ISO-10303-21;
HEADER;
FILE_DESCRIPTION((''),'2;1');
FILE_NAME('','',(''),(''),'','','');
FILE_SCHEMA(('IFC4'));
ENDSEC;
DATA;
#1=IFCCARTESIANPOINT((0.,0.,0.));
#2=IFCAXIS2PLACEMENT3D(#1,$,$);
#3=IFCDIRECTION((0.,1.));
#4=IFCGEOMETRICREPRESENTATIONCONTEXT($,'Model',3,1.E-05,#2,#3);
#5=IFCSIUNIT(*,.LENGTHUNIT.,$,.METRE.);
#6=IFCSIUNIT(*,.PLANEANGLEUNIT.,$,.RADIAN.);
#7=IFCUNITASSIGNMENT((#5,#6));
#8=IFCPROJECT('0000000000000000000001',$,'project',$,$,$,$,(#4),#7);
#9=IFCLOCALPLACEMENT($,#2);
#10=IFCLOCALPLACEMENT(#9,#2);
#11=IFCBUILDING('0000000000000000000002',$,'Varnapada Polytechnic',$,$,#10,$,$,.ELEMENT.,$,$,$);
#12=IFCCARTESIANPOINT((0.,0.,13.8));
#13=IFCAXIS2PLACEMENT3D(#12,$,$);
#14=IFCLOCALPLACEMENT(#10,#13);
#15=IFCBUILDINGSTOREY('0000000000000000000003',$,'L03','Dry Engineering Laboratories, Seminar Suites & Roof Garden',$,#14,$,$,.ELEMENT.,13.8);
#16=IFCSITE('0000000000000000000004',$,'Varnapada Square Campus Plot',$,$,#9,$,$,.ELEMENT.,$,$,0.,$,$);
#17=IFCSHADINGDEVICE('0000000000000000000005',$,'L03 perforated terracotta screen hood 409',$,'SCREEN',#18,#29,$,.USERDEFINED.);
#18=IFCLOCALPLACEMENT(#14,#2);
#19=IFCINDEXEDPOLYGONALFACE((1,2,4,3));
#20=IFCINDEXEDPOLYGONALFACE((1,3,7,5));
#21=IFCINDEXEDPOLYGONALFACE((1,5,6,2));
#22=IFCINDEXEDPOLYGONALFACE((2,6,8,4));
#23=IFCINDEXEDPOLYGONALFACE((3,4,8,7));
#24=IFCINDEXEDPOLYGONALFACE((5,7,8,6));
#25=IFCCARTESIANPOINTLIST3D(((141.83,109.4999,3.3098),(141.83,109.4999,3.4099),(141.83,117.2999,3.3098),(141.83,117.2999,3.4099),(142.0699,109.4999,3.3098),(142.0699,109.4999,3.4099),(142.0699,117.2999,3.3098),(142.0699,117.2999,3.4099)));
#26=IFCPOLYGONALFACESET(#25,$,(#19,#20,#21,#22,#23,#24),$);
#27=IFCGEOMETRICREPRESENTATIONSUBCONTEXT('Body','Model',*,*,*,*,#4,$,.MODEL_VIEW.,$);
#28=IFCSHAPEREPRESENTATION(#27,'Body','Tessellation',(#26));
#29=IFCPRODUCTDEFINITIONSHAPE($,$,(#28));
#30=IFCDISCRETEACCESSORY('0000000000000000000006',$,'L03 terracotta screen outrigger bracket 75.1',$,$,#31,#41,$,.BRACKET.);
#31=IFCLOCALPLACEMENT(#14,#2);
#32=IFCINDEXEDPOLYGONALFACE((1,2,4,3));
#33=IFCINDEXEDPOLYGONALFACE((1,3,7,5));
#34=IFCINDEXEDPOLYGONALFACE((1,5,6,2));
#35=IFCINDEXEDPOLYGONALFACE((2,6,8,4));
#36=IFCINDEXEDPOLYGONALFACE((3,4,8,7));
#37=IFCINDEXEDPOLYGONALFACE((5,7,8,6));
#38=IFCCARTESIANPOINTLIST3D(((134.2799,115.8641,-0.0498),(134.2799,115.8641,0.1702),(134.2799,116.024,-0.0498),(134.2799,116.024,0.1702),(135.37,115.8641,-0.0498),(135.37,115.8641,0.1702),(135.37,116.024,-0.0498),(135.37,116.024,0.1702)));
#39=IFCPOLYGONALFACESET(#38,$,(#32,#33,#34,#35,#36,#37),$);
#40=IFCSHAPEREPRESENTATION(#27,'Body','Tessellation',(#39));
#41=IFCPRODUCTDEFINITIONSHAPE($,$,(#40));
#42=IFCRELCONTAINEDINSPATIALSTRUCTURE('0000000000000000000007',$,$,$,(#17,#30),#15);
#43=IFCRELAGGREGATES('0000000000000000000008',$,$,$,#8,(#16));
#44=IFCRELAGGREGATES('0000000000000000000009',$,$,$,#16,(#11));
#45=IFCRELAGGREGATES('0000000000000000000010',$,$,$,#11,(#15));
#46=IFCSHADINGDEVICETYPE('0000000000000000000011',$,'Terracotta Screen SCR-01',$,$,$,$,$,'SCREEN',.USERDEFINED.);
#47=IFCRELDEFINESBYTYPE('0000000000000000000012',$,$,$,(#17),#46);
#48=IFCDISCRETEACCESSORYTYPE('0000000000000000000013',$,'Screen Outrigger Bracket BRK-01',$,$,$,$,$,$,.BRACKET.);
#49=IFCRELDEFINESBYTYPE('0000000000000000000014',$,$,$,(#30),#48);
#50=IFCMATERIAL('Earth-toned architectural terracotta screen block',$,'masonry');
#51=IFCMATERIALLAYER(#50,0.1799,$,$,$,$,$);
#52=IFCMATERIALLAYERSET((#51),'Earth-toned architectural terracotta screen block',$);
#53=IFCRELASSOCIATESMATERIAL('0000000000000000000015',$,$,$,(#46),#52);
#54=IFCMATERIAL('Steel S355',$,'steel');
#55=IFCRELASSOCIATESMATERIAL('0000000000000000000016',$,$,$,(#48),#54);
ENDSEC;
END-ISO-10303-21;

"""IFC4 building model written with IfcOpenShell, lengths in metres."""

from ifc_helpers import new_model, si_unit, direction, frame, origin, origin_2d, place, context, subcontext, project, spatial, rectangle, extrude, material, layer, layer_set, type_object, element, save


model = new_model("IFC4")

# Units and contexts
model_context = context("Model", 3, precision=1e-05, world=origin(), true_north=direction((0.0, 1.0)))
body_context = subcontext(model_context, "Body", "Model", "MODEL_VIEW")
ifc_project = project(units=[si_unit("LENGTHUNIT", "METRE"), si_unit("PLANEANGLEUNIT", "RADIAN")], contexts=[model_context])

# Site, building, storey
site_placement = place(None, origin())
site = spatial("IfcSite", under=ifc_project, at=site_placement, Name="Varnapada Square Campus Plot", CompositionType="ELEMENT", RefElevation=0.0)
building_placement = place(site_placement, origin())
building = spatial("IfcBuilding", under=site, at=building_placement, Name="Varnapada Polytechnic", CompositionType="ELEMENT")
storey_placement = place(building_placement, frame((0.0, 0.0, 13.8)))
storey = spatial("IfcBuildingStorey", under=building, at=storey_placement, Name="L03", Description="Dry Engineering Laboratories, Seminar Suites & Roof Garden", CompositionType="ELEMENT", Elevation=13.8)

# Shared definitions
ifc_material_1 = material(Name="Earth-toned architectural terracotta screen block", Category="masonry")

# Shading device
ifc_layer_1 = layer(ifc_material_1, 0.1799)
ifc_layer_set_1 = layer_set([ifc_layer_1], Name="Earth-toned architectural terracotta screen block")
shading_device_type = type_object("IfcShadingDeviceType", Name="Terracotta Screen SCR-01", ElementType="SCREEN", PredefinedType="USERDEFINED", material=ifc_layer_set_1)
shading_device_1_placement = place(storey_placement, frame((141.95, 113.3999, 3.3098), z_axis=(0.0, 0.0, 1.0), x_axis=(0.0, 1.0, 0.0)))
element("IfcShadingDevice", 1, at=shading_device_1_placement, inside=storey, type_object=shading_device_type, Name="L03 perforated terracotta screen hood 409", ObjectType="SCREEN", PredefinedType="USERDEFINED", context=body_context, shape_type="SweptSolid", body=[
    extrude(rectangle(XDim=7.8, YDim=0.24, at=origin_2d()), origin(), (0.0, 0.0, 1.0), 0.1001),
])

# Discrete accessory
ifc_material_2 = material(Name="Steel S355", Category="steel")
discrete_accessory_type = type_object("IfcDiscreteAccessoryType", Name="Screen Outrigger Bracket BRK-01", PredefinedType="BRACKET", material=ifc_material_2)
discrete_accessory_placement = place(storey_placement, frame((134.825, 115.9441, -0.0498), z_axis=(0.0, 0.0, 1.0), x_axis=(0.0, -1.0, 0.0)))
element("IfcDiscreteAccessory", 2, at=discrete_accessory_placement, inside=storey, type_object=discrete_accessory_type, Name="L03 terracotta screen outrigger bracket 75.1", PredefinedType="BRACKET", context=body_context, shape_type="SweptSolid", body=[
    extrude(rectangle(XDim=0.1599, YDim=1.0901, at=origin_2d()), origin(), (0.0, 0.0, 1.0), 0.22),
])

save(model, "model.ifc")
